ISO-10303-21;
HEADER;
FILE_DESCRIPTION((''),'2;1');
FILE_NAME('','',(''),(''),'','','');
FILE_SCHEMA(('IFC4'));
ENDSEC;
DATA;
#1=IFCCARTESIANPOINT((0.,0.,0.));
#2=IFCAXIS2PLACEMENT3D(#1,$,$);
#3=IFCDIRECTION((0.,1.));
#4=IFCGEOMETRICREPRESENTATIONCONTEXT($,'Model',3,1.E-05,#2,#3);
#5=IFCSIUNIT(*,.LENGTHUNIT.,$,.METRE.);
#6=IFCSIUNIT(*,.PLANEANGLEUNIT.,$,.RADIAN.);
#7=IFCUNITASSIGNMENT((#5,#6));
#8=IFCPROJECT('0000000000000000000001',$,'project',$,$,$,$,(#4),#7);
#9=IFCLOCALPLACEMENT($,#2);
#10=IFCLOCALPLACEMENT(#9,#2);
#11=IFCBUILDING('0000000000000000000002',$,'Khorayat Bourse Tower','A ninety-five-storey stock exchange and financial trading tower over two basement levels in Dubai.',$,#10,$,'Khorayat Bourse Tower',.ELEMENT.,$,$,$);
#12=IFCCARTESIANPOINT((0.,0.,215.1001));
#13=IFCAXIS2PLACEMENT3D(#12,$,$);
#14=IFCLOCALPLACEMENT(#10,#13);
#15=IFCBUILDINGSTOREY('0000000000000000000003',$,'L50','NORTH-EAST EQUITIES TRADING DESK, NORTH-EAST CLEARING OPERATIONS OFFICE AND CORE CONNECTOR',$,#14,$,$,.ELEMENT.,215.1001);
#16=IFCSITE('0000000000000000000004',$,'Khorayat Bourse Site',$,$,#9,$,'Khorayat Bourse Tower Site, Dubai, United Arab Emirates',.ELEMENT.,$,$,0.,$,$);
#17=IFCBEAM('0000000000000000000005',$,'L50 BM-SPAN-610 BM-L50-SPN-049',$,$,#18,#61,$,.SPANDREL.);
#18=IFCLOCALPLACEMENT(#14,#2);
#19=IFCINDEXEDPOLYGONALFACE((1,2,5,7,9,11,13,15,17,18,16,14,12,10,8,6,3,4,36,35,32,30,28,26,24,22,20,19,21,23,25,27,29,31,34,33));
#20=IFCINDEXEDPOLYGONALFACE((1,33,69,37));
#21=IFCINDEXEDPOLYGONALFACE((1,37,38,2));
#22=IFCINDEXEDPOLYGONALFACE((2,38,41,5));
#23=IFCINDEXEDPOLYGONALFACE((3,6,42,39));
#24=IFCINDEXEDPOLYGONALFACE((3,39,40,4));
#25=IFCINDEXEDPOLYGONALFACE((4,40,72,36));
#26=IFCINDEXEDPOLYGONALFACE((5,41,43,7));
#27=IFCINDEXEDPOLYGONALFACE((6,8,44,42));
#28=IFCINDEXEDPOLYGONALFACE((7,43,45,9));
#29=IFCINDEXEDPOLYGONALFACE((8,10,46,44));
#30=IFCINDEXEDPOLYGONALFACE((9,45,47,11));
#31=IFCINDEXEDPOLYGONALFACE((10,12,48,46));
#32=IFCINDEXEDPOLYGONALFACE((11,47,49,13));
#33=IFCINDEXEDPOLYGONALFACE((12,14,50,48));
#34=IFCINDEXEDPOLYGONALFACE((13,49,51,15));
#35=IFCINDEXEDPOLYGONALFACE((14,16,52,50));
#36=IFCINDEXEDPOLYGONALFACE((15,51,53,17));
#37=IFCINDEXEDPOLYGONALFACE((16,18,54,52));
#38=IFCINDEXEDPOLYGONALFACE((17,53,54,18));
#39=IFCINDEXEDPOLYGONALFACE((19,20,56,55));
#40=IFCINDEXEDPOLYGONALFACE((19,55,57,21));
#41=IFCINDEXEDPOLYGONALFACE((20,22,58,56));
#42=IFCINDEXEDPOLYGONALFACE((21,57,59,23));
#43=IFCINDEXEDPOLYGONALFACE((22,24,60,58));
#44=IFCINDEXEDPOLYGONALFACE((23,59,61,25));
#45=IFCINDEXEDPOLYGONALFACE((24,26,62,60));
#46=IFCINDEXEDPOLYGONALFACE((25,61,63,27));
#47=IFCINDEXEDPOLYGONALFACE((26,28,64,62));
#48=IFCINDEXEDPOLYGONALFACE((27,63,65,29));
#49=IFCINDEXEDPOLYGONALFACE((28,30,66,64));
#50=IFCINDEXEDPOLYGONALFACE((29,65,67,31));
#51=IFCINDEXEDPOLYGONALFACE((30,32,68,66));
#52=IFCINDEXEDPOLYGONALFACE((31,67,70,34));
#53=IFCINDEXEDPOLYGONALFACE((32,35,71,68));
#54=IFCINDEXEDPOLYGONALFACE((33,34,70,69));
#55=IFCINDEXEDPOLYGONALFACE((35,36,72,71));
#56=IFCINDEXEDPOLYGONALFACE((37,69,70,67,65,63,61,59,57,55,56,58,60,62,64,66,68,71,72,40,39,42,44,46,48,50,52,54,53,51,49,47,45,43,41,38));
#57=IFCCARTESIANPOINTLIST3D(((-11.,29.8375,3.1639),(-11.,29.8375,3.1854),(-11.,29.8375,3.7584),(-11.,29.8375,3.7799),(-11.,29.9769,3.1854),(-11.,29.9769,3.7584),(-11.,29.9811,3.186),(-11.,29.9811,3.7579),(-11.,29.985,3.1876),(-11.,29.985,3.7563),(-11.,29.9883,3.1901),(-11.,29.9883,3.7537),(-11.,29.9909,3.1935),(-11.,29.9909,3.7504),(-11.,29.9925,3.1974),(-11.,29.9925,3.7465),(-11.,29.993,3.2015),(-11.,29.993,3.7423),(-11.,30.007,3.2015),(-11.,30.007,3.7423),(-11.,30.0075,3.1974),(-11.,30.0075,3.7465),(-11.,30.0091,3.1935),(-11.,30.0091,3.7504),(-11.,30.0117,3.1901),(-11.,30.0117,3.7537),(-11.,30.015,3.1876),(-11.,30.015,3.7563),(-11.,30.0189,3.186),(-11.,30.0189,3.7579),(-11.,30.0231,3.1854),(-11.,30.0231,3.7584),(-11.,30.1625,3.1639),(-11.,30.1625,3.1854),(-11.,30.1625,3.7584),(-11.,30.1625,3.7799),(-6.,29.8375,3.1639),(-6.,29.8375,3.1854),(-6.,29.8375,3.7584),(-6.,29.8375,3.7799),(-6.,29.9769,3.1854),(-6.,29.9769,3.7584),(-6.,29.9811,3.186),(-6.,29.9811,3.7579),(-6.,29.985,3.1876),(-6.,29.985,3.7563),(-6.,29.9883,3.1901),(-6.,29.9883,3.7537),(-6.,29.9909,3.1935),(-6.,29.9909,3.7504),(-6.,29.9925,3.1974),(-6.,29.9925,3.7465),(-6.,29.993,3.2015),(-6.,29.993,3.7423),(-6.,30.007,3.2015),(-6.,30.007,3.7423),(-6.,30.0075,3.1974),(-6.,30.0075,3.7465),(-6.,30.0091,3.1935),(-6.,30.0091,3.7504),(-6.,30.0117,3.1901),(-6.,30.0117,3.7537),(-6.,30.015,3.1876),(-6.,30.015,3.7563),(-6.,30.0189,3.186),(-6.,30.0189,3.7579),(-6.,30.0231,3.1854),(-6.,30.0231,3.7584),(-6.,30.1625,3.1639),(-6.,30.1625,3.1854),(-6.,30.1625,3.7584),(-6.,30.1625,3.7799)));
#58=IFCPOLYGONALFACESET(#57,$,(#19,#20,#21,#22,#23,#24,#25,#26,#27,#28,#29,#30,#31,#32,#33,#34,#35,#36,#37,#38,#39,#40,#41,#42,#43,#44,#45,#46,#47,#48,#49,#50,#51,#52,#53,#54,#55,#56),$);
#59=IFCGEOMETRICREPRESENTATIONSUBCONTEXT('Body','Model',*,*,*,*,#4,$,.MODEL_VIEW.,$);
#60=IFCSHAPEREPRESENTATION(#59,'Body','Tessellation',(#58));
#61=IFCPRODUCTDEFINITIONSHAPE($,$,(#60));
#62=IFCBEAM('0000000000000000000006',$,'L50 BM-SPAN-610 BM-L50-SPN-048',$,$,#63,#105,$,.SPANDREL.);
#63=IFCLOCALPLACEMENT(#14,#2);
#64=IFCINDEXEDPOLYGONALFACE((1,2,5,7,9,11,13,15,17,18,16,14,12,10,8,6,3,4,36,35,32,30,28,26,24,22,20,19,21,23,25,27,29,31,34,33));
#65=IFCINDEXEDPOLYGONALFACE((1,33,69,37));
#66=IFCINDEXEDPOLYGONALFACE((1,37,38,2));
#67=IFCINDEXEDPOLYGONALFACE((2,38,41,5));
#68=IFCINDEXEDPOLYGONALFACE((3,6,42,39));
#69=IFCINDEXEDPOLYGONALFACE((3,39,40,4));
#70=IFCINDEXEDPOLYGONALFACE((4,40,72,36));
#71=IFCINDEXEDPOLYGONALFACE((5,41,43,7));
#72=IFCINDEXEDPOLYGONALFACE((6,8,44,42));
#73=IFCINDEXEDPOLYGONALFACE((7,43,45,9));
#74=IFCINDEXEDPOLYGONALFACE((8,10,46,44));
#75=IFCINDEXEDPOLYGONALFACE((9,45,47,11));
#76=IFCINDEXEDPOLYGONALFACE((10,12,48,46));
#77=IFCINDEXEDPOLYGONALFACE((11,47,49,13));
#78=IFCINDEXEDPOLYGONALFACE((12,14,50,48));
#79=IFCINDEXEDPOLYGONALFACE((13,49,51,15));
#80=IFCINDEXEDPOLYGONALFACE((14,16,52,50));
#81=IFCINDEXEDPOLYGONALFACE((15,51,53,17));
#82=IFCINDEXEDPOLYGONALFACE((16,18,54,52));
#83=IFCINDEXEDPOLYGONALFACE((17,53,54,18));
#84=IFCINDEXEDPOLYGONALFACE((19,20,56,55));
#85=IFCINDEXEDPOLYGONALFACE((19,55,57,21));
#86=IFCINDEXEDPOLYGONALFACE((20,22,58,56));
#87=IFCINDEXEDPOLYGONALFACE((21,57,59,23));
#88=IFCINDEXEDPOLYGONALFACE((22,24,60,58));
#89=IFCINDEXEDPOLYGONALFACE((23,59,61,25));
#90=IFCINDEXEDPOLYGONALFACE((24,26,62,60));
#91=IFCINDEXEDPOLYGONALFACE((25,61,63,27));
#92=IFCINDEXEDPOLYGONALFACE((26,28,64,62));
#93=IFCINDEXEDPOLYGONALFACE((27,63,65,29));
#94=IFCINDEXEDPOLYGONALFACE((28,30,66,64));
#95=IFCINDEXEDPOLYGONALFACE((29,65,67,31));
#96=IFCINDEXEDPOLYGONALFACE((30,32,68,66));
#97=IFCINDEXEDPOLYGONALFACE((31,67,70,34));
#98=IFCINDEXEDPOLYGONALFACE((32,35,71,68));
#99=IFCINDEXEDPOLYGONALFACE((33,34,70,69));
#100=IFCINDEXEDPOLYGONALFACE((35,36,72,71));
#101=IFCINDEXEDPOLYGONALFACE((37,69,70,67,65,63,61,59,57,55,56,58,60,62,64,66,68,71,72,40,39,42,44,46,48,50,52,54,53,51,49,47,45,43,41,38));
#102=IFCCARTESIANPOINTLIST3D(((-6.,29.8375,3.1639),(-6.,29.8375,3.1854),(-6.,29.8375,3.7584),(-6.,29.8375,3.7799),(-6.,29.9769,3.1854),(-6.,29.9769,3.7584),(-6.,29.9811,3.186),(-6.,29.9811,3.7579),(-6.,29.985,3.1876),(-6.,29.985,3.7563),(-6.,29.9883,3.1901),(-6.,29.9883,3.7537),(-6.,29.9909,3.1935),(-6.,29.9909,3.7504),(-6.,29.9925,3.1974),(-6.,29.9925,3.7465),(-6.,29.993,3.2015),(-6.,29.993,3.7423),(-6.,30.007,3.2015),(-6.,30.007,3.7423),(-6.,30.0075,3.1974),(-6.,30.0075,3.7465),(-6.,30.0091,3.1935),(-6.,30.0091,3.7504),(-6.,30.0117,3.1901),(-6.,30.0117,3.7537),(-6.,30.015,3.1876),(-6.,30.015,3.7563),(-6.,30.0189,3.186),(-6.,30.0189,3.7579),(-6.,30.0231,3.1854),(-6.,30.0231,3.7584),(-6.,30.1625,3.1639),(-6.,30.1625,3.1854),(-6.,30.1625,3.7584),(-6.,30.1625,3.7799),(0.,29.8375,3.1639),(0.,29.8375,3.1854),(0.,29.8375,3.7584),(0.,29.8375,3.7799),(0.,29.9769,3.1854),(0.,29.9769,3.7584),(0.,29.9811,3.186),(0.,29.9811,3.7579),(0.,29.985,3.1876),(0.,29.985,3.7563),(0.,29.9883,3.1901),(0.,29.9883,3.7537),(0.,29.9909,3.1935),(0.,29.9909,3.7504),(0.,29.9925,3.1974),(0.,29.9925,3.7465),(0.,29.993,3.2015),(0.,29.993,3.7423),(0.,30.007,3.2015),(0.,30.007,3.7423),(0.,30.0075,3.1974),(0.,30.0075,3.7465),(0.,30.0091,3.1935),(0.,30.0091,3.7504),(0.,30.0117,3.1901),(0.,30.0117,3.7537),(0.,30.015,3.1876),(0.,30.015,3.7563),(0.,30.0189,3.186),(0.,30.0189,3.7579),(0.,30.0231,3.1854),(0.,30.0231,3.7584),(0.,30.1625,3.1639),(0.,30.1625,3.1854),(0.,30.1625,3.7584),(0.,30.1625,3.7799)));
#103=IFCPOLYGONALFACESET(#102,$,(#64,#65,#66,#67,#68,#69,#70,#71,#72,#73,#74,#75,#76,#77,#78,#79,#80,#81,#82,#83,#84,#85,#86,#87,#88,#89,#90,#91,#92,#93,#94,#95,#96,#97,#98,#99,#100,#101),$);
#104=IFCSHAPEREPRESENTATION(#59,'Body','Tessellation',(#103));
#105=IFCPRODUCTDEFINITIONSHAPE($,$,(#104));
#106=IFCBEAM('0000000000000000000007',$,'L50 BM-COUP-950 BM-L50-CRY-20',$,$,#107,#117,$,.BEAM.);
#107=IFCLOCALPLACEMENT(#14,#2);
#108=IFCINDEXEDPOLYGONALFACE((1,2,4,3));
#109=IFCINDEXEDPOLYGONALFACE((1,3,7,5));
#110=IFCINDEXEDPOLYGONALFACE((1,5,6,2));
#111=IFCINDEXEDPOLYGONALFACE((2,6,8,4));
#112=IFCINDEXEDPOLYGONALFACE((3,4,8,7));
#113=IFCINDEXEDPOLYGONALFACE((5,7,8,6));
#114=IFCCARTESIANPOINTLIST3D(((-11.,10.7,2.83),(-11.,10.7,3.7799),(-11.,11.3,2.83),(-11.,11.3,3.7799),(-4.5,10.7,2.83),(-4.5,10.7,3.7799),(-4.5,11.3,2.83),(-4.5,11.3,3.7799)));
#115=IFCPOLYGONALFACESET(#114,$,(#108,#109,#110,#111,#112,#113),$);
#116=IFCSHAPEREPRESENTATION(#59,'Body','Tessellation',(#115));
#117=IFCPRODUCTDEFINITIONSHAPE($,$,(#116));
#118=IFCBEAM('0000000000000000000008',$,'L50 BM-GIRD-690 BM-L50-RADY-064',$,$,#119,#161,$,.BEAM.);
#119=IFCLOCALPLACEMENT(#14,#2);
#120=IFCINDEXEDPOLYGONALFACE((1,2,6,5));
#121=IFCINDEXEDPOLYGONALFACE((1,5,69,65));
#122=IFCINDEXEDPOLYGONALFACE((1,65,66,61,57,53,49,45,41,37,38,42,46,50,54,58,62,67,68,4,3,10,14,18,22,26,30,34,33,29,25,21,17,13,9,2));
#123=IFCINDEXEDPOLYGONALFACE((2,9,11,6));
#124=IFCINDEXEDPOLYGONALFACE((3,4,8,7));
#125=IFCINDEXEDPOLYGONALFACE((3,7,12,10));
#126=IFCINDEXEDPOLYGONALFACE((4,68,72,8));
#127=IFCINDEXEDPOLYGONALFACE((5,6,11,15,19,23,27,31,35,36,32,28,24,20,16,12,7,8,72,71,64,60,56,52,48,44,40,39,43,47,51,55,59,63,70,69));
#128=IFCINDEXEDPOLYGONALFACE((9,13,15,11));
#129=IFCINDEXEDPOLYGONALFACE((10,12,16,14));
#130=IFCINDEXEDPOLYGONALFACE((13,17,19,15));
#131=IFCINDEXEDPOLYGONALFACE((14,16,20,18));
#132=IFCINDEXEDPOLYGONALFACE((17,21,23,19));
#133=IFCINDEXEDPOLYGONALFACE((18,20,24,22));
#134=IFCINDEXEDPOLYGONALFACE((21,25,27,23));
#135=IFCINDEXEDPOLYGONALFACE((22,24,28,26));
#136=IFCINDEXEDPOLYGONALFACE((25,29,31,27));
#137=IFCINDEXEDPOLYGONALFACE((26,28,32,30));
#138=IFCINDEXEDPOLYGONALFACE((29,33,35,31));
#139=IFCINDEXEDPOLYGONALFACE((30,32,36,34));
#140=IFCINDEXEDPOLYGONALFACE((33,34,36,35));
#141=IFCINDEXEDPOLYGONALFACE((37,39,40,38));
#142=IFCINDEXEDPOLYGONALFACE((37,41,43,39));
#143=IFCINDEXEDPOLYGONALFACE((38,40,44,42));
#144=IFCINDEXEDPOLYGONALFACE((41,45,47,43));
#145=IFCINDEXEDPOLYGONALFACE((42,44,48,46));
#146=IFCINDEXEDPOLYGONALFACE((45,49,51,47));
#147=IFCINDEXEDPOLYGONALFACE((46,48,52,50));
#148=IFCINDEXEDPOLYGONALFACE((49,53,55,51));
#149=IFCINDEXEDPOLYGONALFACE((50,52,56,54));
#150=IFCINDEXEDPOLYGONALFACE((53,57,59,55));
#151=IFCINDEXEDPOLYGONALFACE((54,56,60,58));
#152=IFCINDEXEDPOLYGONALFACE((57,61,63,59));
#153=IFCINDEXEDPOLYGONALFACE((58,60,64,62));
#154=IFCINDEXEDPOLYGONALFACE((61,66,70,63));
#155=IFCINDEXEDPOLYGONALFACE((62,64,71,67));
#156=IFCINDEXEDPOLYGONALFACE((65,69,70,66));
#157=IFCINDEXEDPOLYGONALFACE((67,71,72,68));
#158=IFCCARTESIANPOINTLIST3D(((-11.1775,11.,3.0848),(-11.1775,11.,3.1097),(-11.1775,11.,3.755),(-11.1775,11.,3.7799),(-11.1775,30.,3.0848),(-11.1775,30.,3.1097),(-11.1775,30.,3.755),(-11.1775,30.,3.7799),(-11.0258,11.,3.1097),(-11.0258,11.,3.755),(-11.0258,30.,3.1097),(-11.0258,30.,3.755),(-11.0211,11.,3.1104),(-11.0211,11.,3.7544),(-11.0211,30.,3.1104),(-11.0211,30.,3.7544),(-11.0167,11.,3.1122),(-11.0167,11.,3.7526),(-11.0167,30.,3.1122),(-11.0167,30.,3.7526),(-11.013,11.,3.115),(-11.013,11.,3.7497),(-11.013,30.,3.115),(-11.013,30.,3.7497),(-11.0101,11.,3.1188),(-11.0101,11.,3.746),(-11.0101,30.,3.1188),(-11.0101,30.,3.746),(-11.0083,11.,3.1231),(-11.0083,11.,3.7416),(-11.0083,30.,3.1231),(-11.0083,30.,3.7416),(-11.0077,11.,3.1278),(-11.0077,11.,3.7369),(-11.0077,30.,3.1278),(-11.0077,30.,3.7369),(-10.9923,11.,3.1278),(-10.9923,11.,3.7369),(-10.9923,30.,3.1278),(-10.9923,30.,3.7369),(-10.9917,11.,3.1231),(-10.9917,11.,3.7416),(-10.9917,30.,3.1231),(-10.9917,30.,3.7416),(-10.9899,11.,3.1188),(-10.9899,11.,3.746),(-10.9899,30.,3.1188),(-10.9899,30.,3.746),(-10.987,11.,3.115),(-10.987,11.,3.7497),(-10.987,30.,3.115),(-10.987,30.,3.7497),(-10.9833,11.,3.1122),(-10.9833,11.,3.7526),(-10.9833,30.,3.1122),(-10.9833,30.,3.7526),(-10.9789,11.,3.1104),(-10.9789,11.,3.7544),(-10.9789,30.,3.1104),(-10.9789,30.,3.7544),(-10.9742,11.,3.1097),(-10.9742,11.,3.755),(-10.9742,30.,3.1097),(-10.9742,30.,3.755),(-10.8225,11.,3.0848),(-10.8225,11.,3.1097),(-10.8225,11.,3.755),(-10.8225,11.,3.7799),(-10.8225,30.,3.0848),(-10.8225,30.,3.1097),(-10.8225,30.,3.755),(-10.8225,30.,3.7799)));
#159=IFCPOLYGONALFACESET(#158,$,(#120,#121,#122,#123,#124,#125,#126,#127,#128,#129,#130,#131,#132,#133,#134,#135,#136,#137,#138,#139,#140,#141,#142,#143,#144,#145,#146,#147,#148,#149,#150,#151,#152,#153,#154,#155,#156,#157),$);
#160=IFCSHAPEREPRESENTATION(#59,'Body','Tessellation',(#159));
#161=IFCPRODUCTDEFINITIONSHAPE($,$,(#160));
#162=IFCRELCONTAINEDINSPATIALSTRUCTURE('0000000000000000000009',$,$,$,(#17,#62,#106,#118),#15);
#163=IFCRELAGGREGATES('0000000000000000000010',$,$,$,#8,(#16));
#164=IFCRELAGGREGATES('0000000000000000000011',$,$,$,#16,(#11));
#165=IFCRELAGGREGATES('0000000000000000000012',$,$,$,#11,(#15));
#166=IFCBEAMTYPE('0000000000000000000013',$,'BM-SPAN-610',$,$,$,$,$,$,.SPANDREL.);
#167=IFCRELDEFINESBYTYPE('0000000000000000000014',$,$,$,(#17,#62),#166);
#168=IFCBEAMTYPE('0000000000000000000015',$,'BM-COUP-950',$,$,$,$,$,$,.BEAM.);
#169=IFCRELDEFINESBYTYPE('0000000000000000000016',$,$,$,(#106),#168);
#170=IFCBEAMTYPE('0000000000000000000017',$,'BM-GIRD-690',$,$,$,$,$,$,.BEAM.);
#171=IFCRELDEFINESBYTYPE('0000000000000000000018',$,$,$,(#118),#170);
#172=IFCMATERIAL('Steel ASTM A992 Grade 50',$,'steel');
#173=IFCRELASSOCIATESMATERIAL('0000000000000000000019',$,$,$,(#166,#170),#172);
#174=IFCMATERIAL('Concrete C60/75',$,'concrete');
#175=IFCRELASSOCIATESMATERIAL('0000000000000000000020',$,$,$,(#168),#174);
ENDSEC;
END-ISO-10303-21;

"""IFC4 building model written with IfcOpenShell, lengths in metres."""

from ifc_helpers import new_model, si_unit, direction, frame, origin, origin_2d, place, context, subcontext, project, spatial, rectangle, i_section, extrude, source, transform, mapped, material, material_profile, profile_set, type_object, element, save


model = new_model("IFC4")

# Units and contexts
model_context = context("Model", 3, precision=1e-05, world=origin(), true_north=direction((0.0, 1.0)))
body_context = subcontext(model_context, "Body", "Model", "MODEL_VIEW")
ifc_project = project(units=[si_unit("LENGTHUNIT", "METRE"), si_unit("PLANEANGLEUNIT", "RADIAN")], contexts=[model_context])

# Site, building, storey
site_placement = place(None, origin())
site = spatial("IfcSite", under=ifc_project, at=site_placement, Name="Khorayat Bourse Site", LongName="Khorayat Bourse Tower Site, Dubai, United Arab Emirates", CompositionType="ELEMENT", RefElevation=0.0)
building_placement = place(site_placement, origin())
building = spatial("IfcBuilding", under=site, at=building_placement, Name="Khorayat Bourse Tower", Description="A ninety-five-storey stock exchange and financial trading tower over two basement levels in Dubai.", LongName="Khorayat Bourse Tower", CompositionType="ELEMENT")
storey_placement = place(building_placement, frame((0.0, 0.0, 215.1001)))
storey = spatial("IfcBuildingStorey", under=building, at=storey_placement, Name="L50", Description="NORTH-EAST EQUITIES TRADING DESK, NORTH-EAST CLEARING OPERATIONS OFFICE AND CORE CONNECTOR", CompositionType="ELEMENT", Elevation=215.1001)

# Shared definitions
ifc_material_1 = material(Name="Concrete C60/75", Category="concrete")

# Beams
ifc_material_2 = material(Name="Steel ASTM A992 Grade 50", Category="steel")
ifc_material_profile_1 = material_profile(ifc_material_2, i_section(OverallWidth=0.325, OverallDepth=0.616, WebThickness=0.0139, FlangeThickness=0.0215, FilletRadius=0.0161, at=origin_2d()), Name="W610X174")
ifc_profile_set_1 = profile_set([ifc_material_profile_1], Name="Steel ASTM A992 Grade 50")
beam_type_1 = type_object("IfcBeamType", Name="BM-SPAN-610", PredefinedType="SPANDREL", material=ifc_profile_set_1)
shared_shape_1 = source(origin(), body_context, "Body", "SweptSolid", [
    extrude(i_section(OverallWidth=0.325, OverallDepth=0.616, WebThickness=0.0139, FlangeThickness=0.0215, FilletRadius=0.0161, at=origin_2d()), origin(), (0.0, 0.0, 1.0), 5.0),
])
beam_1_placement = place(storey_placement, frame((-11.0, 30.0, 3.4719), z_axis=(1.0, 0.0, 0.0), x_axis=(0.0, 1.0, 0.0)))
element("IfcBeam", 1, at=beam_1_placement, inside=storey, type_object=beam_type_1, Name="L50 BM-SPAN-610 BM-L50-SPN-049", PredefinedType="SPANDREL", context=body_context, shape_type="MappedRepresentation", body=[
    mapped(shared_shape_1, transform((0.0, 0.0, 0.0), scale=1.0)),
])
shared_shape_2 = source(origin(), body_context, "Body", "SweptSolid", [
    extrude(i_section(OverallWidth=0.325, OverallDepth=0.616, WebThickness=0.0139, FlangeThickness=0.0215, FilletRadius=0.0161, at=origin_2d()), origin(), (0.0, 0.0, 1.0), 6.0),
])
beam_2_placement = place(storey_placement, frame((-6.0, 30.0, 3.4719), z_axis=(1.0, 0.0, 0.0), x_axis=(0.0, 1.0, 0.0)))
element("IfcBeam", 2, at=beam_2_placement, inside=storey, type_object=beam_type_1, Name="L50 BM-SPAN-610 BM-L50-SPN-048", PredefinedType="SPANDREL", context=body_context, shape_type="MappedRepresentation", body=[
    mapped(shared_shape_2, transform((0.0, 0.0, 0.0), scale=1.0)),
])
ifc_material_profile_2 = material_profile(ifc_material_1, rectangle(XDim=0.6001, YDim=0.95, at=origin_2d()), Name="RC 600x950")
ifc_profile_set_2 = profile_set([ifc_material_profile_2], Name="Concrete C60/75")
beam_type_2 = type_object("IfcBeamType", Name="BM-COUP-950", PredefinedType="BEAM", material=ifc_profile_set_2)
shared_shape_3 = source(origin(), body_context, "Body", "SweptSolid", [
    extrude(rectangle(XDim=0.6001, YDim=0.95, at=origin_2d()), origin(), (0.0, 0.0, 1.0), 6.5),
])
beam_3_placement = place(storey_placement, frame((-11.0, 11.0, 3.3049), z_axis=(1.0, 0.0, 0.0), x_axis=(0.0, 1.0, 0.0)))
element("IfcBeam", 3, at=beam_3_placement, inside=storey, type_object=beam_type_2, Name="L50 BM-COUP-950 BM-L50-CRY-20", PredefinedType="BEAM", context=body_context, shape_type="MappedRepresentation", body=[
    mapped(shared_shape_3, transform((0.0, 0.0, 0.0), scale=1.0)),
])
ifc_material_profile_3 = material_profile(ifc_material_2, i_section(OverallWidth=0.355, OverallDepth=0.6951, WebThickness=0.0154, FlangeThickness=0.0249, FilletRadius=0.0181, at=origin_2d()), Name="W690X217")
ifc_profile_set_3 = profile_set([ifc_material_profile_3], Name="Steel ASTM A992 Grade 50")
beam_type_3 = type_object("IfcBeamType", Name="BM-GIRD-690", PredefinedType="BEAM", material=ifc_profile_set_3)
shared_shape_4 = source(origin(), body_context, "Body", "SweptSolid", [
    extrude(i_section(OverallWidth=0.355, OverallDepth=0.6951, WebThickness=0.0154, FlangeThickness=0.0249, FilletRadius=0.0181, at=origin_2d()), origin(), (0.0, 0.0, 1.0), 19.0),
])
for number, where, z_axis, x_axis, name in (
    (4, (-11.0, 11.0, 3.4324), (0.0, 1.0, 0.0), (-1.0, 0.0, 0.0), "L50 BM-GIRD-690 BM-L50-RADY-064"),
):
    element("IfcBeam", number, at=place(storey_placement, frame(where, z_axis=z_axis, x_axis=x_axis)), inside=storey, type_object=beam_type_3, Name=name, PredefinedType="BEAM", context=body_context, shape_type="MappedRepresentation", body=[
        mapped(shared_shape_4, transform((0.0, 0.0, 0.0), scale=1.0)),
    ])

save(model, "model.ifc")
